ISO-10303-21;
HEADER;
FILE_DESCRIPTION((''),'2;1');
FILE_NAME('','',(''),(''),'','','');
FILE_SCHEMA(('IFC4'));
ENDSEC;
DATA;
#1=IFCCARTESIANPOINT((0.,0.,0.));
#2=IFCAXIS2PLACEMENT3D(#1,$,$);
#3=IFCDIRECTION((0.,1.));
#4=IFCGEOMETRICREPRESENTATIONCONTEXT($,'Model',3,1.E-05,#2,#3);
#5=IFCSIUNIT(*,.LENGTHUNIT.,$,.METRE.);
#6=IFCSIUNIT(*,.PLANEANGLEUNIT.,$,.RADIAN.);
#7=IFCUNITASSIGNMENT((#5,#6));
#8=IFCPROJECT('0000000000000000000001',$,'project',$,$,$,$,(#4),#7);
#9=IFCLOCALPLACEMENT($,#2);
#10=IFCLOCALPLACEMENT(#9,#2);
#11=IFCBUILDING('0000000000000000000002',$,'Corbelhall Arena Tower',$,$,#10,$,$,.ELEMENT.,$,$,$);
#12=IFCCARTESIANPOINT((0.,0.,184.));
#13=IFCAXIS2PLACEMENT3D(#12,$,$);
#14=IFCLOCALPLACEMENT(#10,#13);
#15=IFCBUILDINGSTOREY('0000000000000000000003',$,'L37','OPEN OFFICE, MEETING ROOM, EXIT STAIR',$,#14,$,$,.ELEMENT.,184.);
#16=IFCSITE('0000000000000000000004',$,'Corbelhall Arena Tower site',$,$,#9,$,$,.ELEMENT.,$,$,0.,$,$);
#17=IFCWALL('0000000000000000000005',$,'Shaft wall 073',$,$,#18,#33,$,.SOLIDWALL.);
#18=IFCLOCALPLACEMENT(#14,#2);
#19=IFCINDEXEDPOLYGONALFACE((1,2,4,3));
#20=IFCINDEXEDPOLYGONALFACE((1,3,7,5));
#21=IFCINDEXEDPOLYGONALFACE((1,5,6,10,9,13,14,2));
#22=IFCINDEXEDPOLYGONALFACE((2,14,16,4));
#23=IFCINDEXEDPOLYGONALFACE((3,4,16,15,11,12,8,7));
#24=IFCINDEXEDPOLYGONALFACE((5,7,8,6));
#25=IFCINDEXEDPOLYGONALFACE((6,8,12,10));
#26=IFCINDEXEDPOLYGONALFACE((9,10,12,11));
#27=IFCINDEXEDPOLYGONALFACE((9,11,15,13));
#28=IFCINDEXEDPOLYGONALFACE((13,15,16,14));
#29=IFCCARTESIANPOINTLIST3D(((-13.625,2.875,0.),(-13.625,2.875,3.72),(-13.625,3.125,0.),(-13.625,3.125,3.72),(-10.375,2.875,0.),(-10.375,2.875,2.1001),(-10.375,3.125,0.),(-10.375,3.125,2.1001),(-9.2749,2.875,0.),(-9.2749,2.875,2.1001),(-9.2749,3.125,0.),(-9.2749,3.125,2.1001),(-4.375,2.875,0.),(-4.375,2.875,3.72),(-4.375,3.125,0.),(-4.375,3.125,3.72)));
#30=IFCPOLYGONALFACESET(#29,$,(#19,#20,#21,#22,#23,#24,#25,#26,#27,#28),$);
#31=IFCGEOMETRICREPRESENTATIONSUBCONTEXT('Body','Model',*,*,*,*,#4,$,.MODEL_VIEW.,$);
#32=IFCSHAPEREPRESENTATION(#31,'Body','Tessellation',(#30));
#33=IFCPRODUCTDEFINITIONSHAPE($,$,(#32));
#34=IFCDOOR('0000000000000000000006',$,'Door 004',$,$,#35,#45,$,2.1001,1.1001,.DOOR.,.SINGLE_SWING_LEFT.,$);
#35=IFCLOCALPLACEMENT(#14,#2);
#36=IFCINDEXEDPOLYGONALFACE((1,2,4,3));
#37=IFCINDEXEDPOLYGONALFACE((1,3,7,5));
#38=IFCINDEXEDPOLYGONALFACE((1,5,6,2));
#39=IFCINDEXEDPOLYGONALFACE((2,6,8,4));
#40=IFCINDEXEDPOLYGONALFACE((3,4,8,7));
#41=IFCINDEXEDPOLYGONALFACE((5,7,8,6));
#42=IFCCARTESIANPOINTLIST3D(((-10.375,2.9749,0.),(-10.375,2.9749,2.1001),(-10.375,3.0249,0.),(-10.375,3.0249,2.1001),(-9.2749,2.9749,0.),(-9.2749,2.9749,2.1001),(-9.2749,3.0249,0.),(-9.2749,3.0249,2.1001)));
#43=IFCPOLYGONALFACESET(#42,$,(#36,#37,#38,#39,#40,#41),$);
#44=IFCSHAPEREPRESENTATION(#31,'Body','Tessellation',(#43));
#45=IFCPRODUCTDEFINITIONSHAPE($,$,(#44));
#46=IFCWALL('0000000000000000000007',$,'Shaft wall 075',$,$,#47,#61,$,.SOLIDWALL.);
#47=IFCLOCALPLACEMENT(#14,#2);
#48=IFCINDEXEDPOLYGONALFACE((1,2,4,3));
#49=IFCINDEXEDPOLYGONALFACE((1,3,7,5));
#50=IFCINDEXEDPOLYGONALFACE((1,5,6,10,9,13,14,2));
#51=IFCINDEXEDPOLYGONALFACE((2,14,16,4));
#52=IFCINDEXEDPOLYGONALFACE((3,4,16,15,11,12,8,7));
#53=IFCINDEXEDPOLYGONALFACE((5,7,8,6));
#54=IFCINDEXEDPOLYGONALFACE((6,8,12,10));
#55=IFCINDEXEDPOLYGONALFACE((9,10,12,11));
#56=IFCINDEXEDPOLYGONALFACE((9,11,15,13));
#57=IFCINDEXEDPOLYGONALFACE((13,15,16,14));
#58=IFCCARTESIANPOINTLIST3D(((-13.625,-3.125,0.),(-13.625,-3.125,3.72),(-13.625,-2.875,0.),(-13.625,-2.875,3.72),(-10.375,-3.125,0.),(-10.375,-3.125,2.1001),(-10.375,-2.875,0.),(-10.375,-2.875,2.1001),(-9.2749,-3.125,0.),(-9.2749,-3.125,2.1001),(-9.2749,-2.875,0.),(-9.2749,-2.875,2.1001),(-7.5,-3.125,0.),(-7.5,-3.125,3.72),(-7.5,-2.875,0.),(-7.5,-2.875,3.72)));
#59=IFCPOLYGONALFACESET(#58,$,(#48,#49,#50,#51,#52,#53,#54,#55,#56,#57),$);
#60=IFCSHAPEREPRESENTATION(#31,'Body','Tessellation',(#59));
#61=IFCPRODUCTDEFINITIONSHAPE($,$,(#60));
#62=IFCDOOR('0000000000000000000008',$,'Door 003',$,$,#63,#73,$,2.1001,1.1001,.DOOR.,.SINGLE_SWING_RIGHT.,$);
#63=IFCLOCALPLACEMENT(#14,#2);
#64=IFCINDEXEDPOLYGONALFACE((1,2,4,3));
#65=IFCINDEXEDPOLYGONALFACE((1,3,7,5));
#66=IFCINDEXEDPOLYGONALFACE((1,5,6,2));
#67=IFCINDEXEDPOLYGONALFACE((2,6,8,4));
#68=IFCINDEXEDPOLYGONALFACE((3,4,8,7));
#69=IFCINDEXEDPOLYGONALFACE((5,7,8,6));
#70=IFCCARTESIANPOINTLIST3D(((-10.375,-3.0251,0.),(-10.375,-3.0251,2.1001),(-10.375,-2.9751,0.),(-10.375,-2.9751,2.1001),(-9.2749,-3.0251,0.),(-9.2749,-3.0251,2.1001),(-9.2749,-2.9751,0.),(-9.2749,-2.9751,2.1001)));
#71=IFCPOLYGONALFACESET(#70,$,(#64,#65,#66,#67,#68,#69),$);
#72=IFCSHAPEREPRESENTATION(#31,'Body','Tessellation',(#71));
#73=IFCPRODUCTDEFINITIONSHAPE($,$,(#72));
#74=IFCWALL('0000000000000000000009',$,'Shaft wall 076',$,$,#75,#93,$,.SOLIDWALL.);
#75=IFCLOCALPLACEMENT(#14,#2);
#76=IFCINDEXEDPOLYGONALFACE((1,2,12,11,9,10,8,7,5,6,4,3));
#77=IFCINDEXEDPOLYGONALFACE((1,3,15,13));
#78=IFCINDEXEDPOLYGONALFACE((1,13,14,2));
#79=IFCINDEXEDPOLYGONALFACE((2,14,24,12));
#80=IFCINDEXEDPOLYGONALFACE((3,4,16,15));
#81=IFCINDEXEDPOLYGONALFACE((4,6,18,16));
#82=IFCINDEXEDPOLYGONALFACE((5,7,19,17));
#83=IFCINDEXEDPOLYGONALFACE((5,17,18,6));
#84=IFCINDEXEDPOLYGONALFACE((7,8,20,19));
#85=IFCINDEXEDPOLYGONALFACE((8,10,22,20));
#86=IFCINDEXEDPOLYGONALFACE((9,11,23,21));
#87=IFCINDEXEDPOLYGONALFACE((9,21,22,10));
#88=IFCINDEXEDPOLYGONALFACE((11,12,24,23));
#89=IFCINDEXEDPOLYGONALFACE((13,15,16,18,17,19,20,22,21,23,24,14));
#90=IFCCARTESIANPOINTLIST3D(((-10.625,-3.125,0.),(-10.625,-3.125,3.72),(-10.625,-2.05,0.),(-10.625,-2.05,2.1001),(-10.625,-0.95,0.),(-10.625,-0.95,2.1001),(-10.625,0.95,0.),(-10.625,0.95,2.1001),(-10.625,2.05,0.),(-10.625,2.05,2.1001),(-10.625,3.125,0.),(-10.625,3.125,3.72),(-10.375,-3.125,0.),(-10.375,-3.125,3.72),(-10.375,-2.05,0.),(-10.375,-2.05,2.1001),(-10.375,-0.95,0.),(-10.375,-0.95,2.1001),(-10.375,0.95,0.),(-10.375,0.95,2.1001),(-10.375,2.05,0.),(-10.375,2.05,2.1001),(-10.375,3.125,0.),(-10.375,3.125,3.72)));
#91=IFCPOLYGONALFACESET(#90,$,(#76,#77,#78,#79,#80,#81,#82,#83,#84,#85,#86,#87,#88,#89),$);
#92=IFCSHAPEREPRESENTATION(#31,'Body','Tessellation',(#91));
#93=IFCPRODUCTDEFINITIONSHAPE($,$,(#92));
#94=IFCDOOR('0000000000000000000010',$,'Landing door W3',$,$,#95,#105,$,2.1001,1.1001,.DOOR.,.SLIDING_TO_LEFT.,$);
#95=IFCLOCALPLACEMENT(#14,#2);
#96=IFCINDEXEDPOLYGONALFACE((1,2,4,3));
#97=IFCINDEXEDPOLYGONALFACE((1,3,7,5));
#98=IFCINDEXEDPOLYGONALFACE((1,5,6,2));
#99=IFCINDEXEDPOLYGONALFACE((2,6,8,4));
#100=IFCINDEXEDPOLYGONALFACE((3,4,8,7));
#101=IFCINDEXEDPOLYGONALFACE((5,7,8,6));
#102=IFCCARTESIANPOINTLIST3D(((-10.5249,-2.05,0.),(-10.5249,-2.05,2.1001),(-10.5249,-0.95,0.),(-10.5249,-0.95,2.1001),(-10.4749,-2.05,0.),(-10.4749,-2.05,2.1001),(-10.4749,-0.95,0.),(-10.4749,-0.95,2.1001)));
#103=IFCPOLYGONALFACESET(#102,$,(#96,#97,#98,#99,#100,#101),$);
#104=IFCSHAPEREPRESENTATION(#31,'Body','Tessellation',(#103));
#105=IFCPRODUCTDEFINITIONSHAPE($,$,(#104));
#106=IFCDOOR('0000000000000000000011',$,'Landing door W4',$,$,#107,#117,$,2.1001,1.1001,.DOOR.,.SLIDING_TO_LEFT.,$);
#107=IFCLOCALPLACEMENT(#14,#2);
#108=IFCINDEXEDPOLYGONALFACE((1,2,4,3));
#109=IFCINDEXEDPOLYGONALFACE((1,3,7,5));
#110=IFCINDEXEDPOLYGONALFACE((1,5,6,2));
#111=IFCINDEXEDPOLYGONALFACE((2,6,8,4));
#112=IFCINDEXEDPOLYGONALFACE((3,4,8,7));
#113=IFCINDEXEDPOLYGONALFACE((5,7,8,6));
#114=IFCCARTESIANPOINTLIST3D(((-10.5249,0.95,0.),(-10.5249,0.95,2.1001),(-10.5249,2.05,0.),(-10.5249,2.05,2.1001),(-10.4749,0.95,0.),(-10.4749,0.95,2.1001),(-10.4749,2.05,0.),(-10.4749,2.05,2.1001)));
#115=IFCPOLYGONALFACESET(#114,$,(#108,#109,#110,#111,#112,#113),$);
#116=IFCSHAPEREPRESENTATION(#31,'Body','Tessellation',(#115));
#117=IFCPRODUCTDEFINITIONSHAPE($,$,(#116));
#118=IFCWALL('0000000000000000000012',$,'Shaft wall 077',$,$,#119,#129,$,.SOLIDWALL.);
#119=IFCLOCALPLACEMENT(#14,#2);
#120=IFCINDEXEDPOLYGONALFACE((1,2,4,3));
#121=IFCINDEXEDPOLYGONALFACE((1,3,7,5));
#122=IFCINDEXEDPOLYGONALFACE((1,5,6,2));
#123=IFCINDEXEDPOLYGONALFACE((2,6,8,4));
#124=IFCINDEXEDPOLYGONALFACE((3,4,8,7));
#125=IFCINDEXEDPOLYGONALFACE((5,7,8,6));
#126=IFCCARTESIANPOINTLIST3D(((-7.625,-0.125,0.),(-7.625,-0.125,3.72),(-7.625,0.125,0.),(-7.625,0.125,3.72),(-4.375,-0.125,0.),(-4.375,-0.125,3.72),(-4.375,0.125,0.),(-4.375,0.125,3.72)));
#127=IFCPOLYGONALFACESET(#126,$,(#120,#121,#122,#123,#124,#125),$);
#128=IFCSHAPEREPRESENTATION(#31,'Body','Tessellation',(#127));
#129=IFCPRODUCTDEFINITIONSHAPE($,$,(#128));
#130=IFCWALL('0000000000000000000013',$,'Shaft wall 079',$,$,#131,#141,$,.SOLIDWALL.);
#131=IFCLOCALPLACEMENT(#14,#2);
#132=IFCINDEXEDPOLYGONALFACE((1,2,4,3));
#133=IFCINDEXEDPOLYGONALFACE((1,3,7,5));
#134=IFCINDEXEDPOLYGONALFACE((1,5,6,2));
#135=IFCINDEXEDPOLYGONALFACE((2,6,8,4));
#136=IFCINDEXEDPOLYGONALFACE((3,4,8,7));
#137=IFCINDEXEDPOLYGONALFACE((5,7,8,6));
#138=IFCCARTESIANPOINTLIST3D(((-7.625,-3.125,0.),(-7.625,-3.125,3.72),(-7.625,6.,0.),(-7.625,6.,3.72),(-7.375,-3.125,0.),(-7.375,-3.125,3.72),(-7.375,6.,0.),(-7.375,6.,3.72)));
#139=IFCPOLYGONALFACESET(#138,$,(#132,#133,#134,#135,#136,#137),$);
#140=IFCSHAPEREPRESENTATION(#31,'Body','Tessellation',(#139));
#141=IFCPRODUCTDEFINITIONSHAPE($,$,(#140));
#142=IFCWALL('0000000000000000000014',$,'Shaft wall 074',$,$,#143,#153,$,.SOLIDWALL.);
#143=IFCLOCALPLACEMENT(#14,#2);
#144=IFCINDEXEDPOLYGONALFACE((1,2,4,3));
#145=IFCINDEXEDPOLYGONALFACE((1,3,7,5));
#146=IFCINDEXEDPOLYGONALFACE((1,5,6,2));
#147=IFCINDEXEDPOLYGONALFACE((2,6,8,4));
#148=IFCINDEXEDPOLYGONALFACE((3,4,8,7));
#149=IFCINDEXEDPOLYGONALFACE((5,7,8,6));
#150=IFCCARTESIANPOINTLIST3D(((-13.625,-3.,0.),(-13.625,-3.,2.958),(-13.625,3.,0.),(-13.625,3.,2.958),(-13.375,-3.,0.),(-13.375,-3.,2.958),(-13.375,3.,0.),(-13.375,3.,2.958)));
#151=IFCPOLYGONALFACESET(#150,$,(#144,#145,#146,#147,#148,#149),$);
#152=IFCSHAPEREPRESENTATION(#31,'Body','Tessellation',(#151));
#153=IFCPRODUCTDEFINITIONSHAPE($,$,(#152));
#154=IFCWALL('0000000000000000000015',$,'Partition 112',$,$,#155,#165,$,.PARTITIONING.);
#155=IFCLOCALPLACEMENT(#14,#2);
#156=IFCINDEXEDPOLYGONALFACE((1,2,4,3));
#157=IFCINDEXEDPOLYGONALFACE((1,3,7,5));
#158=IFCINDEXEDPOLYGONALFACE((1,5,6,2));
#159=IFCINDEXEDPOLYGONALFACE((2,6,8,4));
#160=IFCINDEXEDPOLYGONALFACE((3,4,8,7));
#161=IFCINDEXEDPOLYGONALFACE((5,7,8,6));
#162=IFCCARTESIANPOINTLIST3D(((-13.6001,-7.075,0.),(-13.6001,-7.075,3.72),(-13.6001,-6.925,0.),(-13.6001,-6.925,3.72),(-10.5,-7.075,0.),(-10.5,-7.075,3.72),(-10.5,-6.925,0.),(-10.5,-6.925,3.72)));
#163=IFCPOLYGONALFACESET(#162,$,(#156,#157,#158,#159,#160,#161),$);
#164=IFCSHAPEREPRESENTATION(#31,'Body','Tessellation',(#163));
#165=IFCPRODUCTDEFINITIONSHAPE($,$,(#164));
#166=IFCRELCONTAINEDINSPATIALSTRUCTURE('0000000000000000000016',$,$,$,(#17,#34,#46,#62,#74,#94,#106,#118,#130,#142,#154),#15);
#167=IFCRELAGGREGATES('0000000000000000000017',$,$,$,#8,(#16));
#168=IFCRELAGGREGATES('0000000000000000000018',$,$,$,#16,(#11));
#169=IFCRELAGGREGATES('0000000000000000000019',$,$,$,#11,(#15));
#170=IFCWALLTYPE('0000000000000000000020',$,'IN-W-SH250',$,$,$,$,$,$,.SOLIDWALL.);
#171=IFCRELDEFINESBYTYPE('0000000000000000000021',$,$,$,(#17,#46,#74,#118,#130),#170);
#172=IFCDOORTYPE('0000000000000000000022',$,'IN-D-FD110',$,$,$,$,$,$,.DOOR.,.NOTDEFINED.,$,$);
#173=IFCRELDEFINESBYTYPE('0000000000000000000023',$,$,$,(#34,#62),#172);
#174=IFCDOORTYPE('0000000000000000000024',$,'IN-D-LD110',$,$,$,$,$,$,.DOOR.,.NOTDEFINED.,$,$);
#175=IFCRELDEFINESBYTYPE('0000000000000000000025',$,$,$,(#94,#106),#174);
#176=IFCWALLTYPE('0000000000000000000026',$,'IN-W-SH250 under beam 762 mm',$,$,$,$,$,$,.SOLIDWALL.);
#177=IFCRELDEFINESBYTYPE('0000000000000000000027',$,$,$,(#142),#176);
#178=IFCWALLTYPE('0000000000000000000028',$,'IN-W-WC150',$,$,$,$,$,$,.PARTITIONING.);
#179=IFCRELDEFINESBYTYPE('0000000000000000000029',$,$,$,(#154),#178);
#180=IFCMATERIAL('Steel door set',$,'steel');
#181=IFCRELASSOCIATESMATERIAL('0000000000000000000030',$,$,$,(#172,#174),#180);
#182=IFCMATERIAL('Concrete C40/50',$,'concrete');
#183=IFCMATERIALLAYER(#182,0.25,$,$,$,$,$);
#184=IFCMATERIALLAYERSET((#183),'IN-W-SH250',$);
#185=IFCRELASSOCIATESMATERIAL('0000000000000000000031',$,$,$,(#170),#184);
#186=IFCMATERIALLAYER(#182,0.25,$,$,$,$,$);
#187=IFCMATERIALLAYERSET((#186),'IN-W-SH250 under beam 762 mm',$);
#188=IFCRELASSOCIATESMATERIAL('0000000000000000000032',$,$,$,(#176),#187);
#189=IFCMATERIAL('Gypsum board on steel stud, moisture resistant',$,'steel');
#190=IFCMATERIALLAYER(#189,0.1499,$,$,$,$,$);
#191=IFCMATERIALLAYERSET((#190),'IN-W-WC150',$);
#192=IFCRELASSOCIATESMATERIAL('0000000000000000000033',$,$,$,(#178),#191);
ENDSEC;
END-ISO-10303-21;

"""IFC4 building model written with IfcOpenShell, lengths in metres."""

from ifc_helpers import new_model, si_unit, direction, frame, frame_2d, origin, place, context, subcontext, project, spatial, rectangle, extrude, material, layer, layer_set, type_object, element, fill, save


model = new_model("IFC4")

# Units and contexts
model_context = context("Model", 3, precision=1e-05, world=origin(), true_north=direction((0.0, 1.0)))
body_context = subcontext(model_context, "Body", "Model", "MODEL_VIEW")
ifc_project = project(units=[si_unit("LENGTHUNIT", "METRE"), si_unit("PLANEANGLEUNIT", "RADIAN")], contexts=[model_context])

# Site, building, storey
site_placement = place(None, origin())
site = spatial("IfcSite", under=ifc_project, at=site_placement, Name="Corbelhall Arena Tower site", CompositionType="ELEMENT", RefElevation=0.0)
building_placement = place(site_placement, origin())
building = spatial("IfcBuilding", under=site, at=building_placement, Name="Corbelhall Arena Tower", CompositionType="ELEMENT")
storey_placement = place(building_placement, frame((0.0, 0.0, 184.0)))
storey = spatial("IfcBuildingStorey", under=building, at=storey_placement, Name="L37", Description="OPEN OFFICE, MEETING ROOM, EXIT STAIR", CompositionType="ELEMENT", Elevation=184.0)

# Shared definitions
ifc_material_1 = material(Name="Steel door set", Category="steel")
door_type_1 = type_object("IfcDoorType", Name="IN-D-FD110", OperationType="NOTDEFINED", PredefinedType="DOOR", material=ifc_material_1)

# Shared definitions
ifc_material_2 = material(Name="Concrete C40/50", Category="concrete")
ifc_layer_1 = layer(ifc_material_2, 0.25)
ifc_layer_set_1 = layer_set([ifc_layer_1], Name="IN-W-SH250")
wall_type_1 = type_object("IfcWallType", Name="IN-W-SH250", PredefinedType="SOLIDWALL", material=ifc_layer_set_1)

# Walls, openings, doors
wall_1_placement = place(storey_placement, frame((-13.625, 3.0, 0.0), z_axis=(0.0, 0.0, 1.0), x_axis=(1.0, 0.0, 0.0)))
wall_1 = element("IfcWall", 1, at=wall_1_placement, inside=storey, type_object=wall_type_1, Name="Shaft wall 073", PredefinedType="SOLIDWALL", context=body_context, shape_type="SweptSolid", body=[
    extrude(rectangle(XDim=9.25, YDim=0.25, at=frame_2d((4.625, 0.0))), origin(), (0.0, 0.0, 1.0), 3.72),
])
opening_1_placement = place(wall_1_placement, frame((3.25, 0.0, 0.0)))
opening_1 = element("IfcOpeningElement", 2, at=opening_1_placement, cuts=wall_1, PredefinedType="OPENING", context=body_context, shape_type="SweptSolid", body=[
    extrude(rectangle(XDim=1.1001, YDim=2.1001, at=frame_2d((0.55, 1.05))), frame((0.0, 0.125, 0.0), z_axis=(0.0, -1.0, 0.0), x_axis=(1.0, 0.0, 0.0)), (0.0, 0.0, 1.0), 0.25),
])
door_1_placement = place(opening_1_placement, origin())
door_1 = element("IfcDoor", 3, at=door_1_placement, inside=storey, type_object=door_type_1, Name="Door 004", OperationType="SINGLE_SWING_LEFT", OverallHeight=2.1001, OverallWidth=1.1001, PredefinedType="DOOR", context=body_context, shape_type="SweptSolid", body=[
    extrude(rectangle(XDim=1.1001, YDim=2.1001, at=frame_2d((0.55, 1.05))), frame((0.0, 0.0249, 0.0), z_axis=(0.0, -1.0, 0.0), x_axis=(1.0, 0.0, 0.0)), (0.0, 0.0, 1.0), 0.05),
])
fill(opening_1, door_1)
wall_2_placement = place(storey_placement, frame((-13.625, -3.0, 0.0), z_axis=(0.0, 0.0, 1.0), x_axis=(1.0, 0.0, 0.0)))
wall_2 = element("IfcWall", 4, at=wall_2_placement, inside=storey, type_object=wall_type_1, Name="Shaft wall 075", PredefinedType="SOLIDWALL", context=body_context, shape_type="SweptSolid", body=[
    extrude(rectangle(XDim=6.125, YDim=0.25, at=frame_2d((3.0625, 0.0))), origin(), (0.0, 0.0, 1.0), 3.72),
])
opening_2_placement = place(wall_2_placement, frame((3.25, 0.0, 0.0)))
opening_2 = element("IfcOpeningElement", 5, at=opening_2_placement, cuts=wall_2, PredefinedType="OPENING", context=body_context, shape_type="SweptSolid", body=[
    extrude(rectangle(XDim=1.1001, YDim=2.1001, at=frame_2d((0.55, 1.05))), frame((0.0, 0.125, 0.0), z_axis=(0.0, -1.0, 0.0), x_axis=(1.0, 0.0, 0.0)), (0.0, 0.0, 1.0), 0.25),
])
door_2_placement = place(opening_2_placement, origin())
door_2 = element("IfcDoor", 6, at=door_2_placement, inside=storey, type_object=door_type_1, Name="Door 003", OperationType="SINGLE_SWING_RIGHT", OverallHeight=2.1001, OverallWidth=1.1001, PredefinedType="DOOR", context=body_context, shape_type="SweptSolid", body=[
    extrude(rectangle(XDim=1.1001, YDim=2.1001, at=frame_2d((0.55, 1.05))), frame((0.0, 0.0249, 0.0), z_axis=(0.0, -1.0, 0.0), x_axis=(1.0, 0.0, 0.0)), (0.0, 0.0, 1.0), 0.05),
])
fill(opening_2, door_2)

# Wall, openings, doors
wall_3_placement = place(storey_placement, frame((-10.5, -3.125, 0.0), z_axis=(0.0, 0.0, 1.0), x_axis=(0.0, 1.0, 0.0)))
wall_3 = element("IfcWall", 7, at=wall_3_placement, inside=storey, type_object=wall_type_1, Name="Shaft wall 076", PredefinedType="SOLIDWALL", context=body_context, shape_type="SweptSolid", body=[
    extrude(rectangle(XDim=6.25, YDim=0.25, at=frame_2d((3.125, 0.0))), origin(), (0.0, 0.0, 1.0), 3.72),
])
opening_3_placement = place(wall_3_placement, frame((1.075, 0.0, 0.0)))
opening_3 = element("IfcOpeningElement", 8, at=opening_3_placement, cuts=wall_3, PredefinedType="OPENING", context=body_context, shape_type="SweptSolid", body=[
    extrude(rectangle(XDim=1.1001, YDim=2.1001, at=frame_2d((0.55, 1.05))), frame((0.0, 0.125, 0.0), z_axis=(0.0, -1.0, 0.0), x_axis=(1.0, 0.0, 0.0)), (0.0, 0.0, 1.0), 0.25),
])
opening_4_placement = place(wall_3_placement, frame((4.075, 0.0, 0.0)))
opening_4 = element("IfcOpeningElement", 9, at=opening_4_placement, cuts=wall_3, PredefinedType="OPENING", context=body_context, shape_type="SweptSolid", body=[
    extrude(rectangle(XDim=1.1001, YDim=2.1001, at=frame_2d((0.55, 1.05))), frame((0.0, 0.125, 0.0), z_axis=(0.0, -1.0, 0.0), x_axis=(1.0, 0.0, 0.0)), (0.0, 0.0, 1.0), 0.25),
])
door_type_2 = type_object("IfcDoorType", Name="IN-D-LD110", OperationType="NOTDEFINED", PredefinedType="DOOR", material=ifc_material_1)
door_3_placement = place(opening_3_placement, origin())
door_3 = element("IfcDoor", 10, at=door_3_placement, inside=storey, type_object=door_type_2, Name="Landing door W3", OperationType="SLIDING_TO_LEFT", OverallHeight=2.1001, OverallWidth=1.1001, PredefinedType="DOOR", context=body_context, shape_type="SweptSolid", body=[
    extrude(rectangle(XDim=1.1001, YDim=2.1001, at=frame_2d((0.55, 1.05))), frame((0.0, 0.0249, 0.0), z_axis=(0.0, -1.0, 0.0), x_axis=(1.0, 0.0, 0.0)), (0.0, 0.0, 1.0), 0.05),
])
fill(opening_3, door_3)
door_4_placement = place(opening_4_placement, origin())
door_4 = element("IfcDoor", 11, at=door_4_placement, inside=storey, type_object=door_type_2, Name="Landing door W4", OperationType="SLIDING_TO_LEFT", OverallHeight=2.1001, OverallWidth=1.1001, PredefinedType="DOOR", context=body_context, shape_type="SweptSolid", body=[
    extrude(rectangle(XDim=1.1001, YDim=2.1001, at=frame_2d((0.55, 1.05))), frame((0.0, 0.0249, 0.0), z_axis=(0.0, -1.0, 0.0), x_axis=(1.0, 0.0, 0.0)), (0.0, 0.0, 1.0), 0.05),
])
fill(opening_4, door_4)

# Walls
wall_4_placement = place(storey_placement, frame((-7.625, 0.0, 0.0), z_axis=(0.0, 0.0, 1.0), x_axis=(1.0, 0.0, 0.0)))
element("IfcWall", 12, at=wall_4_placement, inside=storey, type_object=wall_type_1, Name="Shaft wall 077", PredefinedType="SOLIDWALL", context=body_context, shape_type="SweptSolid", body=[
    extrude(rectangle(XDim=3.25, YDim=0.25, at=frame_2d((1.625, 0.0))), origin(), (0.0, 0.0, 1.0), 3.72),
])
wall_5_placement = place(storey_placement, frame((-7.5, -3.125, 0.0), z_axis=(0.0, 0.0, 1.0), x_axis=(0.0, 1.0, 0.0)))
element("IfcWall", 13, at=wall_5_placement, inside=storey, type_object=wall_type_1, Name="Shaft wall 079", PredefinedType="SOLIDWALL", context=body_context, shape_type="SweptSolid", body=[
    extrude(rectangle(XDim=9.125, YDim=0.25, at=frame_2d((4.5625, 0.0))), origin(), (0.0, 0.0, 1.0), 3.72),
])
ifc_layer_2 = layer(ifc_material_2, 0.25)
ifc_layer_set_2 = layer_set([ifc_layer_2], Name="IN-W-SH250 under beam 762 mm")
wall_type_2 = type_object("IfcWallType", Name="IN-W-SH250 under beam 762 mm", PredefinedType="SOLIDWALL", material=ifc_layer_set_2)
wall_6_placement = place(storey_placement, frame((-13.5, -3.0, 0.0), z_axis=(0.0, 0.0, 1.0), x_axis=(0.0, 1.0, 0.0)))
element("IfcWall", 14, at=wall_6_placement, inside=storey, type_object=wall_type_2, Name="Shaft wall 074", PredefinedType="SOLIDWALL", context=body_context, shape_type="SweptSolid", body=[
    extrude(rectangle(XDim=6.0, YDim=0.25, at=frame_2d((3.0, 0.0))), origin(), (0.0, 0.0, 1.0), 2.958),
])
ifc_material_3 = material(Name="Gypsum board on steel stud, moisture resistant", Category="steel")
ifc_layer_3 = layer(ifc_material_3, 0.1499)
ifc_layer_set_3 = layer_set([ifc_layer_3], Name="IN-W-WC150")
wall_type_3 = type_object("IfcWallType", Name="IN-W-WC150", PredefinedType="PARTITIONING", material=ifc_layer_set_3)
wall_7_placement = place(storey_placement, frame((-13.6001, -7.0, 0.0), z_axis=(0.0, 0.0, 1.0), x_axis=(1.0, 0.0, 0.0)))
element("IfcWall", 15, at=wall_7_placement, inside=storey, type_object=wall_type_3, Name="Partition 112", PredefinedType="PARTITIONING", context=body_context, shape_type="SweptSolid", body=[
    extrude(rectangle(XDim=3.1001, YDim=0.1499, at=frame_2d((1.55, 0.0))), origin(), (0.0, 0.0, 1.0), 3.72),
])

save(model, "model.ifc")
